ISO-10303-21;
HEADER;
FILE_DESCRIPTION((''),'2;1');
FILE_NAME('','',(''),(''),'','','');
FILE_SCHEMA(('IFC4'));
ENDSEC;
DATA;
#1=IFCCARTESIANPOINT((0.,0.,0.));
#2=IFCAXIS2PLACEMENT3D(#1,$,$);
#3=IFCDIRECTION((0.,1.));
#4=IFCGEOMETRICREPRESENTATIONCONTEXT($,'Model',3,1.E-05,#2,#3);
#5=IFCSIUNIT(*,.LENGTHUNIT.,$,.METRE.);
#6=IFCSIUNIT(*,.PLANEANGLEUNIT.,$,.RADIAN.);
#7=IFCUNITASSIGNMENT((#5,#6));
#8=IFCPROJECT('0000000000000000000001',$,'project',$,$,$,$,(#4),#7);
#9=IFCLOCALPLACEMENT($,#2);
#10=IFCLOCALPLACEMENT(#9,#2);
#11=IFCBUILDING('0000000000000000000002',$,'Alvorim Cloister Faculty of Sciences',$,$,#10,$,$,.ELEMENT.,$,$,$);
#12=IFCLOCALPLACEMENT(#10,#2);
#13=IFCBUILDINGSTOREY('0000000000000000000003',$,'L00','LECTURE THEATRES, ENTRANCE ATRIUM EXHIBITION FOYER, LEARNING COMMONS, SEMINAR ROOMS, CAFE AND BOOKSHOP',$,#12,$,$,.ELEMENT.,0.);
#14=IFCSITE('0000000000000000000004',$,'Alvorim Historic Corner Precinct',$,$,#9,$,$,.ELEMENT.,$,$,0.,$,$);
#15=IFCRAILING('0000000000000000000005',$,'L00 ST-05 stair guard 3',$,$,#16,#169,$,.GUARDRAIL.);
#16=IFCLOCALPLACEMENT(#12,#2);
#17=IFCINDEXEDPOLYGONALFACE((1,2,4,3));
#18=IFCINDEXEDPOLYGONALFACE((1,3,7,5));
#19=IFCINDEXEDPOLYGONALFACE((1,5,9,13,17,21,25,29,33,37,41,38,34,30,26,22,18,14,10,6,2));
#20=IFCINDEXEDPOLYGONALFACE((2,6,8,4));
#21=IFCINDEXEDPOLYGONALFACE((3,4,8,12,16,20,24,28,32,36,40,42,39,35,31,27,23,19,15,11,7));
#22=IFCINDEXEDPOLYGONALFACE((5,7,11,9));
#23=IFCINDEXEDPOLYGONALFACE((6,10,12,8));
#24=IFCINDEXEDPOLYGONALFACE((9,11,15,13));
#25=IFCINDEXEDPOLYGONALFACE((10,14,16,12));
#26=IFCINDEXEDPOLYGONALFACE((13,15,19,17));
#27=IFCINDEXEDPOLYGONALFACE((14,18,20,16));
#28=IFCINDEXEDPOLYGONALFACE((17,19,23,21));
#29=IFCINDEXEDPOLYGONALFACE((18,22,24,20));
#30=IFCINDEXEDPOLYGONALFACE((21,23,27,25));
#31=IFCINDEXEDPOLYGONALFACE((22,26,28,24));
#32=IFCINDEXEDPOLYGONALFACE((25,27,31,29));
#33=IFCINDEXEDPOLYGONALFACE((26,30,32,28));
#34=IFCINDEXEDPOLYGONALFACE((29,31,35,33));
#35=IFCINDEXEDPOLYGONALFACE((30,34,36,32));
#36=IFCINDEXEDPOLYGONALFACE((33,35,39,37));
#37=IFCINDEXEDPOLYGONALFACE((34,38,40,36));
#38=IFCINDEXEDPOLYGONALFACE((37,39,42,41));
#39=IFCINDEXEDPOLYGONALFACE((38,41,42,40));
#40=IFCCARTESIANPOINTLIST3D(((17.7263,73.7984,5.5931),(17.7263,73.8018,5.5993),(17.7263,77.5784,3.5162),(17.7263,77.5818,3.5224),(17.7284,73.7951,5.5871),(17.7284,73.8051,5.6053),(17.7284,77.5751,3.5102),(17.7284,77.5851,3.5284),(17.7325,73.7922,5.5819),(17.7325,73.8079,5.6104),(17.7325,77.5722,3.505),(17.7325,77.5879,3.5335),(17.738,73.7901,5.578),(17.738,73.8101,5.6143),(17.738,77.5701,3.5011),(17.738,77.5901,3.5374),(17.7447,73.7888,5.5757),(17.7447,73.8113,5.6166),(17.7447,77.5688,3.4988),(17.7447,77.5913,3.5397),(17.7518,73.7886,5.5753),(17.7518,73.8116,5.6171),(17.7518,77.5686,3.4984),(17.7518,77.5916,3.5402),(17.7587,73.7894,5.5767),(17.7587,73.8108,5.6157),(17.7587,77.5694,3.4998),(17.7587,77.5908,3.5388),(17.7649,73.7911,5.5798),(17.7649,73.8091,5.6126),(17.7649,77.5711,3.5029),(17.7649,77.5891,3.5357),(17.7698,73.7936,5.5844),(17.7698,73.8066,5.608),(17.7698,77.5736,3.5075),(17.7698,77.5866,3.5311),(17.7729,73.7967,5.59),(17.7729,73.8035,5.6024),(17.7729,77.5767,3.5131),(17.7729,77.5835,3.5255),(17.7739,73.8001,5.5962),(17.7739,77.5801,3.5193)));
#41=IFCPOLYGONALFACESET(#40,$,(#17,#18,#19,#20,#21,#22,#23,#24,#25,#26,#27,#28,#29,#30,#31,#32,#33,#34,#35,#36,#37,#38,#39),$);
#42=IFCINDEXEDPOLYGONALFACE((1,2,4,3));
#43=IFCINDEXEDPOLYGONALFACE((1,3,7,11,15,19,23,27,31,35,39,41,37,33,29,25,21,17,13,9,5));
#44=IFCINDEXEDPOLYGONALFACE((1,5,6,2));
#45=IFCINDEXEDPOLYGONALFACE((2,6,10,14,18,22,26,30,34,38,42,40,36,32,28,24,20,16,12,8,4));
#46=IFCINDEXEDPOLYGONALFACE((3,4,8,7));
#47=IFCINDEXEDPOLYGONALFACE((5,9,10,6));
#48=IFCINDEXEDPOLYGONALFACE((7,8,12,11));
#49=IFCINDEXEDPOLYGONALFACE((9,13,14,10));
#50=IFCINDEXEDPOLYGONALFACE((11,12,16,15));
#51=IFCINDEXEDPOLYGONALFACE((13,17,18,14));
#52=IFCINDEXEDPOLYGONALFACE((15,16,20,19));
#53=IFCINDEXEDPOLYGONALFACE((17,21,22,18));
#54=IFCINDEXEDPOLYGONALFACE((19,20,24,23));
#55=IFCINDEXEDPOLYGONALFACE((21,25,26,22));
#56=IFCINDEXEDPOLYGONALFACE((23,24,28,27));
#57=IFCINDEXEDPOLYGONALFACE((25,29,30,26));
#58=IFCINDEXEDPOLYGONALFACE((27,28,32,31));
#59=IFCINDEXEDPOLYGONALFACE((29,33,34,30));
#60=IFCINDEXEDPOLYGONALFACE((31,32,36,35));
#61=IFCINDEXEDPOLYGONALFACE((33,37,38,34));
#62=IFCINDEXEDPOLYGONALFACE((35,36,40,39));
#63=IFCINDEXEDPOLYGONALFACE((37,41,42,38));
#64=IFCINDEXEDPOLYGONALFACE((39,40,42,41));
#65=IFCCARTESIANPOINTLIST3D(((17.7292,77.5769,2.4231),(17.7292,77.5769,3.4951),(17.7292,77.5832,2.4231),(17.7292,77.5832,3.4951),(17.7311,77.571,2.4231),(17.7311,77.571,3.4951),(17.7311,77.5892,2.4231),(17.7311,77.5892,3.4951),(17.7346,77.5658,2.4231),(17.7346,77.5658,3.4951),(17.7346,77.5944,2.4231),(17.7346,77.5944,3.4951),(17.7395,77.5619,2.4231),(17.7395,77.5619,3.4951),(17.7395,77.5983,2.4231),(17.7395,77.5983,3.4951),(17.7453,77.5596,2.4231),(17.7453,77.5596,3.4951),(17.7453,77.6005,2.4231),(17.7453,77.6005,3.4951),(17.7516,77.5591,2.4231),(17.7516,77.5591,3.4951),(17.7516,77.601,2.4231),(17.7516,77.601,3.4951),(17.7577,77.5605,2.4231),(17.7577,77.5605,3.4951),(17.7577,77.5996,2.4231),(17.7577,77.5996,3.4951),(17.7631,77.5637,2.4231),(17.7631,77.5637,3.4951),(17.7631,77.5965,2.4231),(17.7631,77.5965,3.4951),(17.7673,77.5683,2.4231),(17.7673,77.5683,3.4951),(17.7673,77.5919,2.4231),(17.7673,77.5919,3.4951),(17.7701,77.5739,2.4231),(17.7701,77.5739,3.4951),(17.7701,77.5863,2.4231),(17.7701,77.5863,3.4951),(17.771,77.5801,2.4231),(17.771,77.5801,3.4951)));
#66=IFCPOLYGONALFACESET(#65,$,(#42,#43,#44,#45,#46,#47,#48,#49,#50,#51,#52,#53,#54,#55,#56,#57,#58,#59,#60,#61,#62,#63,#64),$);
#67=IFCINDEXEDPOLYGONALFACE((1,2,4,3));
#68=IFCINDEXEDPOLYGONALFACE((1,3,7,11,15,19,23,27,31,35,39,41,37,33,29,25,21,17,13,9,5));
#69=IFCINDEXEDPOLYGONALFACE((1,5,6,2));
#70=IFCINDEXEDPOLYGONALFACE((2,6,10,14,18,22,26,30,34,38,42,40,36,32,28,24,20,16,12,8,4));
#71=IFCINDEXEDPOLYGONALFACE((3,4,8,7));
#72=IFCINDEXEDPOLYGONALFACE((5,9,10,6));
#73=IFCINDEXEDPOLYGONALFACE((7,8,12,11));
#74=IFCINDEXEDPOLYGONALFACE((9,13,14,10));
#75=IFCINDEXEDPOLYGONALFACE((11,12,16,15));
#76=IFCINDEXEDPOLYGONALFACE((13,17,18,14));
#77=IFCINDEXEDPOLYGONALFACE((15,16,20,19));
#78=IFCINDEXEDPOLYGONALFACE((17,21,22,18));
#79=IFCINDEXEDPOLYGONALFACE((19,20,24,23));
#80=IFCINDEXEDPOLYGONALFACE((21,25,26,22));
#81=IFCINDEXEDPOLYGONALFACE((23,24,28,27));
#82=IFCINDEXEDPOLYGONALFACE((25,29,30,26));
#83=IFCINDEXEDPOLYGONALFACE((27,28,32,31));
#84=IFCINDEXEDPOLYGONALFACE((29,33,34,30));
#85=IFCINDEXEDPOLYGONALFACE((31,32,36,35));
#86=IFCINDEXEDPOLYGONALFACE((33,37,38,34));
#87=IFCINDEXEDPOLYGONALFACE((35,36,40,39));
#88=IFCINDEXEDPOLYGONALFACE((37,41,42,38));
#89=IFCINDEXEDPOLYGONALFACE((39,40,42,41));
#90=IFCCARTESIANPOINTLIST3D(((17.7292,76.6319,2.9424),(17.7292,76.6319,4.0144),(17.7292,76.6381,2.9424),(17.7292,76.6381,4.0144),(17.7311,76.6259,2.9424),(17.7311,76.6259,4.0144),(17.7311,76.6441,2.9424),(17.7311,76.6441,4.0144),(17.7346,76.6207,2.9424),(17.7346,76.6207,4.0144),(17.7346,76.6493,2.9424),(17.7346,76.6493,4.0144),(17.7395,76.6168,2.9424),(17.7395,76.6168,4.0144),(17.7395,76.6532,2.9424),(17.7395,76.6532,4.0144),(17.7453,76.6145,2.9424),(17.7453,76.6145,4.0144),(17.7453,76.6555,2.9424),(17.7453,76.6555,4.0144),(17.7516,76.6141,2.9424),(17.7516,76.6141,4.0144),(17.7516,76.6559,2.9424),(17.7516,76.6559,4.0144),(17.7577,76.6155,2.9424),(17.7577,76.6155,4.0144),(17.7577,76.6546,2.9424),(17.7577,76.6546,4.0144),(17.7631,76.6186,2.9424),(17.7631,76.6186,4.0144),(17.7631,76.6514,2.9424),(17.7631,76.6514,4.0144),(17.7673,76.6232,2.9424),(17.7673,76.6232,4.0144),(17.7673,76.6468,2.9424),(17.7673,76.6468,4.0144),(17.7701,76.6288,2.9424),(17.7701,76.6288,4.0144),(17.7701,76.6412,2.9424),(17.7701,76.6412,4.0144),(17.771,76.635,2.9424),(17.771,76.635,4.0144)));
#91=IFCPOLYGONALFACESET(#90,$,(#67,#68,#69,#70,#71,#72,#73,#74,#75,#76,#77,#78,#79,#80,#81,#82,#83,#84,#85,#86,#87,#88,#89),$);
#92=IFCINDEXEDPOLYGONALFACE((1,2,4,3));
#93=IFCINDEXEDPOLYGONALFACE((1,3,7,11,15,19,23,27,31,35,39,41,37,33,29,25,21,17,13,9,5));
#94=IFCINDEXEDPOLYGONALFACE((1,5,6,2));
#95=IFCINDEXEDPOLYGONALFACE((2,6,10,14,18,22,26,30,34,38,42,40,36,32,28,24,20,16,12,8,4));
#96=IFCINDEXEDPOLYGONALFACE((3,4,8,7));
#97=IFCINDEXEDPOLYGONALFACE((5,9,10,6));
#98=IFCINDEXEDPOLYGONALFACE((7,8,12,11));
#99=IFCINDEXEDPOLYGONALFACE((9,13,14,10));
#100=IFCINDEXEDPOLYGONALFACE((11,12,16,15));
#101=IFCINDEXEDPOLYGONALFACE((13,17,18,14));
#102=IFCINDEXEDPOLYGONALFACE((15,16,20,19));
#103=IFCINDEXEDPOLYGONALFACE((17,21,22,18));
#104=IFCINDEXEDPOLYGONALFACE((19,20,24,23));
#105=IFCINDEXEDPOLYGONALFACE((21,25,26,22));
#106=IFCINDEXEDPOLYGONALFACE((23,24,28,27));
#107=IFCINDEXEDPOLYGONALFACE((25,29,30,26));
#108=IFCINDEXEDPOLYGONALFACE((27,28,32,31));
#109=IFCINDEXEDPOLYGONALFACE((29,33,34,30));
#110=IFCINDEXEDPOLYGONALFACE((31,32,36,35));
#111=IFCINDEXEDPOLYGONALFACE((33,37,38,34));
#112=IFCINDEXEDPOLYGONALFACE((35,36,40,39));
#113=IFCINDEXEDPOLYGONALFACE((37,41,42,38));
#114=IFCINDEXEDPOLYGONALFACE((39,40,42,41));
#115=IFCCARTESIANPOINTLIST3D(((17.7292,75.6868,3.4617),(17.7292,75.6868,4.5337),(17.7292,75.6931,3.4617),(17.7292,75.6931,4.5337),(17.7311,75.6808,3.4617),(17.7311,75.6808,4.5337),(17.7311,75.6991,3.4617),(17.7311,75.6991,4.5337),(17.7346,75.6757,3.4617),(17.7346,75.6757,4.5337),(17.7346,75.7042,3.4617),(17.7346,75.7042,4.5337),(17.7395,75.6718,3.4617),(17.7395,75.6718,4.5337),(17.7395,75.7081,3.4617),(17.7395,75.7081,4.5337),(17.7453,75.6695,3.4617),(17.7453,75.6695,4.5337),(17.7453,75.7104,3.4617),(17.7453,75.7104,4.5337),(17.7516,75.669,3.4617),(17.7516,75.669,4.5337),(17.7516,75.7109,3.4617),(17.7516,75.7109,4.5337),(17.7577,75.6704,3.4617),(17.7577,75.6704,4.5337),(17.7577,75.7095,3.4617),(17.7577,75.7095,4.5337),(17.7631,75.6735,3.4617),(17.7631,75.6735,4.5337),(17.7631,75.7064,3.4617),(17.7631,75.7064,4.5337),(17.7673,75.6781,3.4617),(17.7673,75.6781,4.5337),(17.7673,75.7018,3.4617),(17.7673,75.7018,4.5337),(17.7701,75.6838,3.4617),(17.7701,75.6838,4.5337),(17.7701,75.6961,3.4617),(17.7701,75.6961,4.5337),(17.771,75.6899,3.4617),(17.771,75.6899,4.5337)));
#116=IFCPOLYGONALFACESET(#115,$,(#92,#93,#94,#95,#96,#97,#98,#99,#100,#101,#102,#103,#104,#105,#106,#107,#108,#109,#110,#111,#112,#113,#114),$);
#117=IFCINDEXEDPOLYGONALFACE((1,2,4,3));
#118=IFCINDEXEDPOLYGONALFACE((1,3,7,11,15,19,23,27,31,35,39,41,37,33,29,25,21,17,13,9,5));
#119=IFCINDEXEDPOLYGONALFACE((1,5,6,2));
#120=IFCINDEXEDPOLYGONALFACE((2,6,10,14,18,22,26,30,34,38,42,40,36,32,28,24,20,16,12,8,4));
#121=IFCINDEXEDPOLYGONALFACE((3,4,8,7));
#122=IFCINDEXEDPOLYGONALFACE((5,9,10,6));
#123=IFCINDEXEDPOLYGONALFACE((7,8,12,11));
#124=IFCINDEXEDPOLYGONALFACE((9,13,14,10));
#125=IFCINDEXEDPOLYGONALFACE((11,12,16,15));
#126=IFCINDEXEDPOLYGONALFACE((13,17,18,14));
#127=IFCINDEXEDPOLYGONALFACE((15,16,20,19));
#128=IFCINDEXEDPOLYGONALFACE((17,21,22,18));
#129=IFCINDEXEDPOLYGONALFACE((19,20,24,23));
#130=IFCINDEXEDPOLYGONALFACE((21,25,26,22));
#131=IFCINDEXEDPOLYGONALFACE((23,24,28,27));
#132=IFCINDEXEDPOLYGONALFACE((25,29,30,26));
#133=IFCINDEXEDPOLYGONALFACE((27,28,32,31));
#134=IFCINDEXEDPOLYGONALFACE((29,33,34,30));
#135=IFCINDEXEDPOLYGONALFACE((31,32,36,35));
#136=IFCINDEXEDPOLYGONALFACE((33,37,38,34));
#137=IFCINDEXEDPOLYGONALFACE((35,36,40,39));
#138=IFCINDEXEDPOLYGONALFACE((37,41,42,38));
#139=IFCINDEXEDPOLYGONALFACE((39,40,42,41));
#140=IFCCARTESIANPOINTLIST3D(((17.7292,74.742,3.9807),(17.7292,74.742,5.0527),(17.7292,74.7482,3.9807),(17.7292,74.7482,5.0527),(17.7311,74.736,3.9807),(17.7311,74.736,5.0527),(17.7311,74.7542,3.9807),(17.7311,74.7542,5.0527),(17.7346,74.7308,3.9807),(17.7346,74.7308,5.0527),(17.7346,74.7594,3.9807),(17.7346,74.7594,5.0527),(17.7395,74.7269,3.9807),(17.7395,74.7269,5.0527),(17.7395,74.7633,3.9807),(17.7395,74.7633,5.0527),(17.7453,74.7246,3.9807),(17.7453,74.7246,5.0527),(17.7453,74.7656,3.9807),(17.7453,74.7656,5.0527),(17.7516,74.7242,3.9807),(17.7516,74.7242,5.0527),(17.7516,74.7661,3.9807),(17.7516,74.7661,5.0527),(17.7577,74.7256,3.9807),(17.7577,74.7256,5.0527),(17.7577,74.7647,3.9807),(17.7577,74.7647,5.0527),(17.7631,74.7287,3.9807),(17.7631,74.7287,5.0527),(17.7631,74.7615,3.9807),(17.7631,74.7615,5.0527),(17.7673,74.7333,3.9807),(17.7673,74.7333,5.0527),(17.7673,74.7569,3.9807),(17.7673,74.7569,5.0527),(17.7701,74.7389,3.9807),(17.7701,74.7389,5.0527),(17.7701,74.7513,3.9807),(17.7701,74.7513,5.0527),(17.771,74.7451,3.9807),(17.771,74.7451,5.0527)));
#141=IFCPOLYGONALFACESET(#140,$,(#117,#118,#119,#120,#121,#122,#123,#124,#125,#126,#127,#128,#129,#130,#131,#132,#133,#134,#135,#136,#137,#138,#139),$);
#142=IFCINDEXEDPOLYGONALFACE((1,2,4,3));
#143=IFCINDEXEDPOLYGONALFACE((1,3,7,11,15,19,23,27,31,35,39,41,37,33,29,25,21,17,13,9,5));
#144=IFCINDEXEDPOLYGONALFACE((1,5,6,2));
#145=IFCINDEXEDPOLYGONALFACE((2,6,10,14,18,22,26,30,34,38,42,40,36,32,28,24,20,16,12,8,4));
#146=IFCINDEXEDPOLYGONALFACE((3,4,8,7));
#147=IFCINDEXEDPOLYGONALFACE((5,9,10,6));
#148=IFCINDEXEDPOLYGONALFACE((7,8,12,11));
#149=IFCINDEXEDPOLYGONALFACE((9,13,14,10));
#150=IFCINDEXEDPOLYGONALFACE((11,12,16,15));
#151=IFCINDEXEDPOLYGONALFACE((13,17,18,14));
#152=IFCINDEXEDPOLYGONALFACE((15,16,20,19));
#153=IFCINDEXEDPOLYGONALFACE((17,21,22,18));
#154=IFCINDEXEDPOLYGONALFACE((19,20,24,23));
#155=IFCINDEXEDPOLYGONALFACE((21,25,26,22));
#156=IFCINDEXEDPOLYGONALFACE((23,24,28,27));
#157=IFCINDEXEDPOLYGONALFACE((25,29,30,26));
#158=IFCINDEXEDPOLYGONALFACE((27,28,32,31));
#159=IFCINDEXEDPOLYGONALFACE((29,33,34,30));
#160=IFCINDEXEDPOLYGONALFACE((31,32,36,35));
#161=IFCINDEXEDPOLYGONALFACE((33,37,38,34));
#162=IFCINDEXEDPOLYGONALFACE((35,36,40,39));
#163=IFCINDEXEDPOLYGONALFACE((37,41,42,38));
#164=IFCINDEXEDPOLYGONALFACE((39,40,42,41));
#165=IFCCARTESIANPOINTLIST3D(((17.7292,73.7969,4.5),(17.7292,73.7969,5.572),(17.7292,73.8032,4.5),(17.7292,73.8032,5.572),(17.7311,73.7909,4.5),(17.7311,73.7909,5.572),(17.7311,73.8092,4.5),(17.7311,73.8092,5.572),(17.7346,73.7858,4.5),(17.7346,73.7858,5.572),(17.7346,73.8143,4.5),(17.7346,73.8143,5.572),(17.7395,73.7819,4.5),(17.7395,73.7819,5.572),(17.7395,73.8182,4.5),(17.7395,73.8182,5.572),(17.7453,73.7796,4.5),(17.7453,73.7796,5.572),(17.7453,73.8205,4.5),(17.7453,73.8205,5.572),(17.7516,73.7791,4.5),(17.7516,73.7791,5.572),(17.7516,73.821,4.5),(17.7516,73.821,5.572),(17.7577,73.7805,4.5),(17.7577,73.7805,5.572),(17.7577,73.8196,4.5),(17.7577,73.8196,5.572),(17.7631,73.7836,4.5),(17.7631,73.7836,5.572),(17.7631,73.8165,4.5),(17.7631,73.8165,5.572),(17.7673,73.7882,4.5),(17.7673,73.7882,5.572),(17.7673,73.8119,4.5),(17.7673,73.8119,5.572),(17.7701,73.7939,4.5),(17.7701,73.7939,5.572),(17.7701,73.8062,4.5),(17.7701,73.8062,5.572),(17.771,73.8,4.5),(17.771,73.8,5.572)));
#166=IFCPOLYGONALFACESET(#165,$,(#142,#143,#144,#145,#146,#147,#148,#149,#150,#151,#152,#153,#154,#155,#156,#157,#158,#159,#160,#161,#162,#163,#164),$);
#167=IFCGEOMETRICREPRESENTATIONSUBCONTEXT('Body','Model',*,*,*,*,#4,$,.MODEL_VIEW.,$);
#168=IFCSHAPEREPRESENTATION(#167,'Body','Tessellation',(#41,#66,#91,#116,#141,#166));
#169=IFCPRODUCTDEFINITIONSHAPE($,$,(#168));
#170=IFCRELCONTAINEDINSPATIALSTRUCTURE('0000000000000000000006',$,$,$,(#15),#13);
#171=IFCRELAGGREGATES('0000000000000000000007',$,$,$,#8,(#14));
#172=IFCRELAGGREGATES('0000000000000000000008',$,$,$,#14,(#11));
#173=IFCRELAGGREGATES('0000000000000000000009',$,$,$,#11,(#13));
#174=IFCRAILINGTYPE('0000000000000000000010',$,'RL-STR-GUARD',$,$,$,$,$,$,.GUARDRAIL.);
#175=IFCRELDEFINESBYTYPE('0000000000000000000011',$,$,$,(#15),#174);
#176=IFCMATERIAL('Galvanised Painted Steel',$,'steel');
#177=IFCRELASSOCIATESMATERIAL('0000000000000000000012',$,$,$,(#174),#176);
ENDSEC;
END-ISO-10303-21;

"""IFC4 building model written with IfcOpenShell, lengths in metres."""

from ifc_helpers import new_model, si_unit, direction, frame, origin, origin_2d, place, context, subcontext, project, spatial, circle, extrude, material, type_object, element, save


model = new_model("IFC4")

# Units and contexts
model_context = context("Model", 3, precision=1e-05, world=origin(), true_north=direction((0.0, 1.0)))
body_context = subcontext(model_context, "Body", "Model", "MODEL_VIEW")
ifc_project = project(units=[si_unit("LENGTHUNIT", "METRE"), si_unit("PLANEANGLEUNIT", "RADIAN")], contexts=[model_context])

# Site, building, storey
site_placement = place(None, origin())
site = spatial("IfcSite", under=ifc_project, at=site_placement, Name="Alvorim Historic Corner Precinct", CompositionType="ELEMENT", RefElevation=0.0)
building_placement = place(site_placement, origin())
building = spatial("IfcBuilding", under=site, at=building_placement, Name="Alvorim Cloister Faculty of Sciences", CompositionType="ELEMENT")
storey_placement = place(building_placement, origin())
storey = spatial("IfcBuildingStorey", under=building, at=storey_placement, Name="L00", Description="LECTURE THEATRES, ENTRANCE ATRIUM EXHIBITION FOYER, LEARNING COMMONS, SEMINAR ROOMS, CAFE AND BOOKSHOP", CompositionType="ELEMENT", Elevation=0.0)

# Railing
ifc_material_1 = material(Name="Galvanised Painted Steel", Category="steel")
railing_type_1 = type_object("IfcRailingType", Name="RL-STR-GUARD", PredefinedType="GUARDRAIL", material=ifc_material_1)
railing_1_placement = place(storey_placement, frame((17.75, 77.5801, 2.4231)))
element("IfcRailing", 1, at=railing_1_placement, inside=storey, type_object=railing_type_1, Name="L00 ST-05 stair guard 3", PredefinedType="GUARDRAIL", context=body_context, shape_type="SweptSolid", body=[
    extrude(circle(Radius=0.0239, at=origin_2d()), frame((0.0, 0.0, 1.0962), z_axis=(0.0, -0.876423, 0.481543), x_axis=(1.0, 0.0, 0.0)), (0.0, 0.0, 1.0), 4.313),
    extrude(circle(Radius=0.021, at=origin_2d()), origin(), (0.0, 0.0, 1.0), 1.072),
    extrude(circle(Radius=0.021, at=origin_2d()), frame((0.0, -0.9451, 0.5193)), (0.0, 0.0, 1.0), 1.072),
    extrude(circle(Radius=0.021, at=origin_2d()), frame((0.0, -1.8901, 1.0386)), (0.0, 0.0, 1.0), 1.072),
    extrude(circle(Radius=0.021, at=origin_2d()), frame((0.0, -2.835, 1.5576)), (0.0, 0.0, 1.0), 1.072),
    extrude(circle(Radius=0.021, at=origin_2d()), frame((0.0, -3.78, 2.0769)), (0.0, 0.0, 1.0), 1.072),
])

save(model, "model.ifc")
